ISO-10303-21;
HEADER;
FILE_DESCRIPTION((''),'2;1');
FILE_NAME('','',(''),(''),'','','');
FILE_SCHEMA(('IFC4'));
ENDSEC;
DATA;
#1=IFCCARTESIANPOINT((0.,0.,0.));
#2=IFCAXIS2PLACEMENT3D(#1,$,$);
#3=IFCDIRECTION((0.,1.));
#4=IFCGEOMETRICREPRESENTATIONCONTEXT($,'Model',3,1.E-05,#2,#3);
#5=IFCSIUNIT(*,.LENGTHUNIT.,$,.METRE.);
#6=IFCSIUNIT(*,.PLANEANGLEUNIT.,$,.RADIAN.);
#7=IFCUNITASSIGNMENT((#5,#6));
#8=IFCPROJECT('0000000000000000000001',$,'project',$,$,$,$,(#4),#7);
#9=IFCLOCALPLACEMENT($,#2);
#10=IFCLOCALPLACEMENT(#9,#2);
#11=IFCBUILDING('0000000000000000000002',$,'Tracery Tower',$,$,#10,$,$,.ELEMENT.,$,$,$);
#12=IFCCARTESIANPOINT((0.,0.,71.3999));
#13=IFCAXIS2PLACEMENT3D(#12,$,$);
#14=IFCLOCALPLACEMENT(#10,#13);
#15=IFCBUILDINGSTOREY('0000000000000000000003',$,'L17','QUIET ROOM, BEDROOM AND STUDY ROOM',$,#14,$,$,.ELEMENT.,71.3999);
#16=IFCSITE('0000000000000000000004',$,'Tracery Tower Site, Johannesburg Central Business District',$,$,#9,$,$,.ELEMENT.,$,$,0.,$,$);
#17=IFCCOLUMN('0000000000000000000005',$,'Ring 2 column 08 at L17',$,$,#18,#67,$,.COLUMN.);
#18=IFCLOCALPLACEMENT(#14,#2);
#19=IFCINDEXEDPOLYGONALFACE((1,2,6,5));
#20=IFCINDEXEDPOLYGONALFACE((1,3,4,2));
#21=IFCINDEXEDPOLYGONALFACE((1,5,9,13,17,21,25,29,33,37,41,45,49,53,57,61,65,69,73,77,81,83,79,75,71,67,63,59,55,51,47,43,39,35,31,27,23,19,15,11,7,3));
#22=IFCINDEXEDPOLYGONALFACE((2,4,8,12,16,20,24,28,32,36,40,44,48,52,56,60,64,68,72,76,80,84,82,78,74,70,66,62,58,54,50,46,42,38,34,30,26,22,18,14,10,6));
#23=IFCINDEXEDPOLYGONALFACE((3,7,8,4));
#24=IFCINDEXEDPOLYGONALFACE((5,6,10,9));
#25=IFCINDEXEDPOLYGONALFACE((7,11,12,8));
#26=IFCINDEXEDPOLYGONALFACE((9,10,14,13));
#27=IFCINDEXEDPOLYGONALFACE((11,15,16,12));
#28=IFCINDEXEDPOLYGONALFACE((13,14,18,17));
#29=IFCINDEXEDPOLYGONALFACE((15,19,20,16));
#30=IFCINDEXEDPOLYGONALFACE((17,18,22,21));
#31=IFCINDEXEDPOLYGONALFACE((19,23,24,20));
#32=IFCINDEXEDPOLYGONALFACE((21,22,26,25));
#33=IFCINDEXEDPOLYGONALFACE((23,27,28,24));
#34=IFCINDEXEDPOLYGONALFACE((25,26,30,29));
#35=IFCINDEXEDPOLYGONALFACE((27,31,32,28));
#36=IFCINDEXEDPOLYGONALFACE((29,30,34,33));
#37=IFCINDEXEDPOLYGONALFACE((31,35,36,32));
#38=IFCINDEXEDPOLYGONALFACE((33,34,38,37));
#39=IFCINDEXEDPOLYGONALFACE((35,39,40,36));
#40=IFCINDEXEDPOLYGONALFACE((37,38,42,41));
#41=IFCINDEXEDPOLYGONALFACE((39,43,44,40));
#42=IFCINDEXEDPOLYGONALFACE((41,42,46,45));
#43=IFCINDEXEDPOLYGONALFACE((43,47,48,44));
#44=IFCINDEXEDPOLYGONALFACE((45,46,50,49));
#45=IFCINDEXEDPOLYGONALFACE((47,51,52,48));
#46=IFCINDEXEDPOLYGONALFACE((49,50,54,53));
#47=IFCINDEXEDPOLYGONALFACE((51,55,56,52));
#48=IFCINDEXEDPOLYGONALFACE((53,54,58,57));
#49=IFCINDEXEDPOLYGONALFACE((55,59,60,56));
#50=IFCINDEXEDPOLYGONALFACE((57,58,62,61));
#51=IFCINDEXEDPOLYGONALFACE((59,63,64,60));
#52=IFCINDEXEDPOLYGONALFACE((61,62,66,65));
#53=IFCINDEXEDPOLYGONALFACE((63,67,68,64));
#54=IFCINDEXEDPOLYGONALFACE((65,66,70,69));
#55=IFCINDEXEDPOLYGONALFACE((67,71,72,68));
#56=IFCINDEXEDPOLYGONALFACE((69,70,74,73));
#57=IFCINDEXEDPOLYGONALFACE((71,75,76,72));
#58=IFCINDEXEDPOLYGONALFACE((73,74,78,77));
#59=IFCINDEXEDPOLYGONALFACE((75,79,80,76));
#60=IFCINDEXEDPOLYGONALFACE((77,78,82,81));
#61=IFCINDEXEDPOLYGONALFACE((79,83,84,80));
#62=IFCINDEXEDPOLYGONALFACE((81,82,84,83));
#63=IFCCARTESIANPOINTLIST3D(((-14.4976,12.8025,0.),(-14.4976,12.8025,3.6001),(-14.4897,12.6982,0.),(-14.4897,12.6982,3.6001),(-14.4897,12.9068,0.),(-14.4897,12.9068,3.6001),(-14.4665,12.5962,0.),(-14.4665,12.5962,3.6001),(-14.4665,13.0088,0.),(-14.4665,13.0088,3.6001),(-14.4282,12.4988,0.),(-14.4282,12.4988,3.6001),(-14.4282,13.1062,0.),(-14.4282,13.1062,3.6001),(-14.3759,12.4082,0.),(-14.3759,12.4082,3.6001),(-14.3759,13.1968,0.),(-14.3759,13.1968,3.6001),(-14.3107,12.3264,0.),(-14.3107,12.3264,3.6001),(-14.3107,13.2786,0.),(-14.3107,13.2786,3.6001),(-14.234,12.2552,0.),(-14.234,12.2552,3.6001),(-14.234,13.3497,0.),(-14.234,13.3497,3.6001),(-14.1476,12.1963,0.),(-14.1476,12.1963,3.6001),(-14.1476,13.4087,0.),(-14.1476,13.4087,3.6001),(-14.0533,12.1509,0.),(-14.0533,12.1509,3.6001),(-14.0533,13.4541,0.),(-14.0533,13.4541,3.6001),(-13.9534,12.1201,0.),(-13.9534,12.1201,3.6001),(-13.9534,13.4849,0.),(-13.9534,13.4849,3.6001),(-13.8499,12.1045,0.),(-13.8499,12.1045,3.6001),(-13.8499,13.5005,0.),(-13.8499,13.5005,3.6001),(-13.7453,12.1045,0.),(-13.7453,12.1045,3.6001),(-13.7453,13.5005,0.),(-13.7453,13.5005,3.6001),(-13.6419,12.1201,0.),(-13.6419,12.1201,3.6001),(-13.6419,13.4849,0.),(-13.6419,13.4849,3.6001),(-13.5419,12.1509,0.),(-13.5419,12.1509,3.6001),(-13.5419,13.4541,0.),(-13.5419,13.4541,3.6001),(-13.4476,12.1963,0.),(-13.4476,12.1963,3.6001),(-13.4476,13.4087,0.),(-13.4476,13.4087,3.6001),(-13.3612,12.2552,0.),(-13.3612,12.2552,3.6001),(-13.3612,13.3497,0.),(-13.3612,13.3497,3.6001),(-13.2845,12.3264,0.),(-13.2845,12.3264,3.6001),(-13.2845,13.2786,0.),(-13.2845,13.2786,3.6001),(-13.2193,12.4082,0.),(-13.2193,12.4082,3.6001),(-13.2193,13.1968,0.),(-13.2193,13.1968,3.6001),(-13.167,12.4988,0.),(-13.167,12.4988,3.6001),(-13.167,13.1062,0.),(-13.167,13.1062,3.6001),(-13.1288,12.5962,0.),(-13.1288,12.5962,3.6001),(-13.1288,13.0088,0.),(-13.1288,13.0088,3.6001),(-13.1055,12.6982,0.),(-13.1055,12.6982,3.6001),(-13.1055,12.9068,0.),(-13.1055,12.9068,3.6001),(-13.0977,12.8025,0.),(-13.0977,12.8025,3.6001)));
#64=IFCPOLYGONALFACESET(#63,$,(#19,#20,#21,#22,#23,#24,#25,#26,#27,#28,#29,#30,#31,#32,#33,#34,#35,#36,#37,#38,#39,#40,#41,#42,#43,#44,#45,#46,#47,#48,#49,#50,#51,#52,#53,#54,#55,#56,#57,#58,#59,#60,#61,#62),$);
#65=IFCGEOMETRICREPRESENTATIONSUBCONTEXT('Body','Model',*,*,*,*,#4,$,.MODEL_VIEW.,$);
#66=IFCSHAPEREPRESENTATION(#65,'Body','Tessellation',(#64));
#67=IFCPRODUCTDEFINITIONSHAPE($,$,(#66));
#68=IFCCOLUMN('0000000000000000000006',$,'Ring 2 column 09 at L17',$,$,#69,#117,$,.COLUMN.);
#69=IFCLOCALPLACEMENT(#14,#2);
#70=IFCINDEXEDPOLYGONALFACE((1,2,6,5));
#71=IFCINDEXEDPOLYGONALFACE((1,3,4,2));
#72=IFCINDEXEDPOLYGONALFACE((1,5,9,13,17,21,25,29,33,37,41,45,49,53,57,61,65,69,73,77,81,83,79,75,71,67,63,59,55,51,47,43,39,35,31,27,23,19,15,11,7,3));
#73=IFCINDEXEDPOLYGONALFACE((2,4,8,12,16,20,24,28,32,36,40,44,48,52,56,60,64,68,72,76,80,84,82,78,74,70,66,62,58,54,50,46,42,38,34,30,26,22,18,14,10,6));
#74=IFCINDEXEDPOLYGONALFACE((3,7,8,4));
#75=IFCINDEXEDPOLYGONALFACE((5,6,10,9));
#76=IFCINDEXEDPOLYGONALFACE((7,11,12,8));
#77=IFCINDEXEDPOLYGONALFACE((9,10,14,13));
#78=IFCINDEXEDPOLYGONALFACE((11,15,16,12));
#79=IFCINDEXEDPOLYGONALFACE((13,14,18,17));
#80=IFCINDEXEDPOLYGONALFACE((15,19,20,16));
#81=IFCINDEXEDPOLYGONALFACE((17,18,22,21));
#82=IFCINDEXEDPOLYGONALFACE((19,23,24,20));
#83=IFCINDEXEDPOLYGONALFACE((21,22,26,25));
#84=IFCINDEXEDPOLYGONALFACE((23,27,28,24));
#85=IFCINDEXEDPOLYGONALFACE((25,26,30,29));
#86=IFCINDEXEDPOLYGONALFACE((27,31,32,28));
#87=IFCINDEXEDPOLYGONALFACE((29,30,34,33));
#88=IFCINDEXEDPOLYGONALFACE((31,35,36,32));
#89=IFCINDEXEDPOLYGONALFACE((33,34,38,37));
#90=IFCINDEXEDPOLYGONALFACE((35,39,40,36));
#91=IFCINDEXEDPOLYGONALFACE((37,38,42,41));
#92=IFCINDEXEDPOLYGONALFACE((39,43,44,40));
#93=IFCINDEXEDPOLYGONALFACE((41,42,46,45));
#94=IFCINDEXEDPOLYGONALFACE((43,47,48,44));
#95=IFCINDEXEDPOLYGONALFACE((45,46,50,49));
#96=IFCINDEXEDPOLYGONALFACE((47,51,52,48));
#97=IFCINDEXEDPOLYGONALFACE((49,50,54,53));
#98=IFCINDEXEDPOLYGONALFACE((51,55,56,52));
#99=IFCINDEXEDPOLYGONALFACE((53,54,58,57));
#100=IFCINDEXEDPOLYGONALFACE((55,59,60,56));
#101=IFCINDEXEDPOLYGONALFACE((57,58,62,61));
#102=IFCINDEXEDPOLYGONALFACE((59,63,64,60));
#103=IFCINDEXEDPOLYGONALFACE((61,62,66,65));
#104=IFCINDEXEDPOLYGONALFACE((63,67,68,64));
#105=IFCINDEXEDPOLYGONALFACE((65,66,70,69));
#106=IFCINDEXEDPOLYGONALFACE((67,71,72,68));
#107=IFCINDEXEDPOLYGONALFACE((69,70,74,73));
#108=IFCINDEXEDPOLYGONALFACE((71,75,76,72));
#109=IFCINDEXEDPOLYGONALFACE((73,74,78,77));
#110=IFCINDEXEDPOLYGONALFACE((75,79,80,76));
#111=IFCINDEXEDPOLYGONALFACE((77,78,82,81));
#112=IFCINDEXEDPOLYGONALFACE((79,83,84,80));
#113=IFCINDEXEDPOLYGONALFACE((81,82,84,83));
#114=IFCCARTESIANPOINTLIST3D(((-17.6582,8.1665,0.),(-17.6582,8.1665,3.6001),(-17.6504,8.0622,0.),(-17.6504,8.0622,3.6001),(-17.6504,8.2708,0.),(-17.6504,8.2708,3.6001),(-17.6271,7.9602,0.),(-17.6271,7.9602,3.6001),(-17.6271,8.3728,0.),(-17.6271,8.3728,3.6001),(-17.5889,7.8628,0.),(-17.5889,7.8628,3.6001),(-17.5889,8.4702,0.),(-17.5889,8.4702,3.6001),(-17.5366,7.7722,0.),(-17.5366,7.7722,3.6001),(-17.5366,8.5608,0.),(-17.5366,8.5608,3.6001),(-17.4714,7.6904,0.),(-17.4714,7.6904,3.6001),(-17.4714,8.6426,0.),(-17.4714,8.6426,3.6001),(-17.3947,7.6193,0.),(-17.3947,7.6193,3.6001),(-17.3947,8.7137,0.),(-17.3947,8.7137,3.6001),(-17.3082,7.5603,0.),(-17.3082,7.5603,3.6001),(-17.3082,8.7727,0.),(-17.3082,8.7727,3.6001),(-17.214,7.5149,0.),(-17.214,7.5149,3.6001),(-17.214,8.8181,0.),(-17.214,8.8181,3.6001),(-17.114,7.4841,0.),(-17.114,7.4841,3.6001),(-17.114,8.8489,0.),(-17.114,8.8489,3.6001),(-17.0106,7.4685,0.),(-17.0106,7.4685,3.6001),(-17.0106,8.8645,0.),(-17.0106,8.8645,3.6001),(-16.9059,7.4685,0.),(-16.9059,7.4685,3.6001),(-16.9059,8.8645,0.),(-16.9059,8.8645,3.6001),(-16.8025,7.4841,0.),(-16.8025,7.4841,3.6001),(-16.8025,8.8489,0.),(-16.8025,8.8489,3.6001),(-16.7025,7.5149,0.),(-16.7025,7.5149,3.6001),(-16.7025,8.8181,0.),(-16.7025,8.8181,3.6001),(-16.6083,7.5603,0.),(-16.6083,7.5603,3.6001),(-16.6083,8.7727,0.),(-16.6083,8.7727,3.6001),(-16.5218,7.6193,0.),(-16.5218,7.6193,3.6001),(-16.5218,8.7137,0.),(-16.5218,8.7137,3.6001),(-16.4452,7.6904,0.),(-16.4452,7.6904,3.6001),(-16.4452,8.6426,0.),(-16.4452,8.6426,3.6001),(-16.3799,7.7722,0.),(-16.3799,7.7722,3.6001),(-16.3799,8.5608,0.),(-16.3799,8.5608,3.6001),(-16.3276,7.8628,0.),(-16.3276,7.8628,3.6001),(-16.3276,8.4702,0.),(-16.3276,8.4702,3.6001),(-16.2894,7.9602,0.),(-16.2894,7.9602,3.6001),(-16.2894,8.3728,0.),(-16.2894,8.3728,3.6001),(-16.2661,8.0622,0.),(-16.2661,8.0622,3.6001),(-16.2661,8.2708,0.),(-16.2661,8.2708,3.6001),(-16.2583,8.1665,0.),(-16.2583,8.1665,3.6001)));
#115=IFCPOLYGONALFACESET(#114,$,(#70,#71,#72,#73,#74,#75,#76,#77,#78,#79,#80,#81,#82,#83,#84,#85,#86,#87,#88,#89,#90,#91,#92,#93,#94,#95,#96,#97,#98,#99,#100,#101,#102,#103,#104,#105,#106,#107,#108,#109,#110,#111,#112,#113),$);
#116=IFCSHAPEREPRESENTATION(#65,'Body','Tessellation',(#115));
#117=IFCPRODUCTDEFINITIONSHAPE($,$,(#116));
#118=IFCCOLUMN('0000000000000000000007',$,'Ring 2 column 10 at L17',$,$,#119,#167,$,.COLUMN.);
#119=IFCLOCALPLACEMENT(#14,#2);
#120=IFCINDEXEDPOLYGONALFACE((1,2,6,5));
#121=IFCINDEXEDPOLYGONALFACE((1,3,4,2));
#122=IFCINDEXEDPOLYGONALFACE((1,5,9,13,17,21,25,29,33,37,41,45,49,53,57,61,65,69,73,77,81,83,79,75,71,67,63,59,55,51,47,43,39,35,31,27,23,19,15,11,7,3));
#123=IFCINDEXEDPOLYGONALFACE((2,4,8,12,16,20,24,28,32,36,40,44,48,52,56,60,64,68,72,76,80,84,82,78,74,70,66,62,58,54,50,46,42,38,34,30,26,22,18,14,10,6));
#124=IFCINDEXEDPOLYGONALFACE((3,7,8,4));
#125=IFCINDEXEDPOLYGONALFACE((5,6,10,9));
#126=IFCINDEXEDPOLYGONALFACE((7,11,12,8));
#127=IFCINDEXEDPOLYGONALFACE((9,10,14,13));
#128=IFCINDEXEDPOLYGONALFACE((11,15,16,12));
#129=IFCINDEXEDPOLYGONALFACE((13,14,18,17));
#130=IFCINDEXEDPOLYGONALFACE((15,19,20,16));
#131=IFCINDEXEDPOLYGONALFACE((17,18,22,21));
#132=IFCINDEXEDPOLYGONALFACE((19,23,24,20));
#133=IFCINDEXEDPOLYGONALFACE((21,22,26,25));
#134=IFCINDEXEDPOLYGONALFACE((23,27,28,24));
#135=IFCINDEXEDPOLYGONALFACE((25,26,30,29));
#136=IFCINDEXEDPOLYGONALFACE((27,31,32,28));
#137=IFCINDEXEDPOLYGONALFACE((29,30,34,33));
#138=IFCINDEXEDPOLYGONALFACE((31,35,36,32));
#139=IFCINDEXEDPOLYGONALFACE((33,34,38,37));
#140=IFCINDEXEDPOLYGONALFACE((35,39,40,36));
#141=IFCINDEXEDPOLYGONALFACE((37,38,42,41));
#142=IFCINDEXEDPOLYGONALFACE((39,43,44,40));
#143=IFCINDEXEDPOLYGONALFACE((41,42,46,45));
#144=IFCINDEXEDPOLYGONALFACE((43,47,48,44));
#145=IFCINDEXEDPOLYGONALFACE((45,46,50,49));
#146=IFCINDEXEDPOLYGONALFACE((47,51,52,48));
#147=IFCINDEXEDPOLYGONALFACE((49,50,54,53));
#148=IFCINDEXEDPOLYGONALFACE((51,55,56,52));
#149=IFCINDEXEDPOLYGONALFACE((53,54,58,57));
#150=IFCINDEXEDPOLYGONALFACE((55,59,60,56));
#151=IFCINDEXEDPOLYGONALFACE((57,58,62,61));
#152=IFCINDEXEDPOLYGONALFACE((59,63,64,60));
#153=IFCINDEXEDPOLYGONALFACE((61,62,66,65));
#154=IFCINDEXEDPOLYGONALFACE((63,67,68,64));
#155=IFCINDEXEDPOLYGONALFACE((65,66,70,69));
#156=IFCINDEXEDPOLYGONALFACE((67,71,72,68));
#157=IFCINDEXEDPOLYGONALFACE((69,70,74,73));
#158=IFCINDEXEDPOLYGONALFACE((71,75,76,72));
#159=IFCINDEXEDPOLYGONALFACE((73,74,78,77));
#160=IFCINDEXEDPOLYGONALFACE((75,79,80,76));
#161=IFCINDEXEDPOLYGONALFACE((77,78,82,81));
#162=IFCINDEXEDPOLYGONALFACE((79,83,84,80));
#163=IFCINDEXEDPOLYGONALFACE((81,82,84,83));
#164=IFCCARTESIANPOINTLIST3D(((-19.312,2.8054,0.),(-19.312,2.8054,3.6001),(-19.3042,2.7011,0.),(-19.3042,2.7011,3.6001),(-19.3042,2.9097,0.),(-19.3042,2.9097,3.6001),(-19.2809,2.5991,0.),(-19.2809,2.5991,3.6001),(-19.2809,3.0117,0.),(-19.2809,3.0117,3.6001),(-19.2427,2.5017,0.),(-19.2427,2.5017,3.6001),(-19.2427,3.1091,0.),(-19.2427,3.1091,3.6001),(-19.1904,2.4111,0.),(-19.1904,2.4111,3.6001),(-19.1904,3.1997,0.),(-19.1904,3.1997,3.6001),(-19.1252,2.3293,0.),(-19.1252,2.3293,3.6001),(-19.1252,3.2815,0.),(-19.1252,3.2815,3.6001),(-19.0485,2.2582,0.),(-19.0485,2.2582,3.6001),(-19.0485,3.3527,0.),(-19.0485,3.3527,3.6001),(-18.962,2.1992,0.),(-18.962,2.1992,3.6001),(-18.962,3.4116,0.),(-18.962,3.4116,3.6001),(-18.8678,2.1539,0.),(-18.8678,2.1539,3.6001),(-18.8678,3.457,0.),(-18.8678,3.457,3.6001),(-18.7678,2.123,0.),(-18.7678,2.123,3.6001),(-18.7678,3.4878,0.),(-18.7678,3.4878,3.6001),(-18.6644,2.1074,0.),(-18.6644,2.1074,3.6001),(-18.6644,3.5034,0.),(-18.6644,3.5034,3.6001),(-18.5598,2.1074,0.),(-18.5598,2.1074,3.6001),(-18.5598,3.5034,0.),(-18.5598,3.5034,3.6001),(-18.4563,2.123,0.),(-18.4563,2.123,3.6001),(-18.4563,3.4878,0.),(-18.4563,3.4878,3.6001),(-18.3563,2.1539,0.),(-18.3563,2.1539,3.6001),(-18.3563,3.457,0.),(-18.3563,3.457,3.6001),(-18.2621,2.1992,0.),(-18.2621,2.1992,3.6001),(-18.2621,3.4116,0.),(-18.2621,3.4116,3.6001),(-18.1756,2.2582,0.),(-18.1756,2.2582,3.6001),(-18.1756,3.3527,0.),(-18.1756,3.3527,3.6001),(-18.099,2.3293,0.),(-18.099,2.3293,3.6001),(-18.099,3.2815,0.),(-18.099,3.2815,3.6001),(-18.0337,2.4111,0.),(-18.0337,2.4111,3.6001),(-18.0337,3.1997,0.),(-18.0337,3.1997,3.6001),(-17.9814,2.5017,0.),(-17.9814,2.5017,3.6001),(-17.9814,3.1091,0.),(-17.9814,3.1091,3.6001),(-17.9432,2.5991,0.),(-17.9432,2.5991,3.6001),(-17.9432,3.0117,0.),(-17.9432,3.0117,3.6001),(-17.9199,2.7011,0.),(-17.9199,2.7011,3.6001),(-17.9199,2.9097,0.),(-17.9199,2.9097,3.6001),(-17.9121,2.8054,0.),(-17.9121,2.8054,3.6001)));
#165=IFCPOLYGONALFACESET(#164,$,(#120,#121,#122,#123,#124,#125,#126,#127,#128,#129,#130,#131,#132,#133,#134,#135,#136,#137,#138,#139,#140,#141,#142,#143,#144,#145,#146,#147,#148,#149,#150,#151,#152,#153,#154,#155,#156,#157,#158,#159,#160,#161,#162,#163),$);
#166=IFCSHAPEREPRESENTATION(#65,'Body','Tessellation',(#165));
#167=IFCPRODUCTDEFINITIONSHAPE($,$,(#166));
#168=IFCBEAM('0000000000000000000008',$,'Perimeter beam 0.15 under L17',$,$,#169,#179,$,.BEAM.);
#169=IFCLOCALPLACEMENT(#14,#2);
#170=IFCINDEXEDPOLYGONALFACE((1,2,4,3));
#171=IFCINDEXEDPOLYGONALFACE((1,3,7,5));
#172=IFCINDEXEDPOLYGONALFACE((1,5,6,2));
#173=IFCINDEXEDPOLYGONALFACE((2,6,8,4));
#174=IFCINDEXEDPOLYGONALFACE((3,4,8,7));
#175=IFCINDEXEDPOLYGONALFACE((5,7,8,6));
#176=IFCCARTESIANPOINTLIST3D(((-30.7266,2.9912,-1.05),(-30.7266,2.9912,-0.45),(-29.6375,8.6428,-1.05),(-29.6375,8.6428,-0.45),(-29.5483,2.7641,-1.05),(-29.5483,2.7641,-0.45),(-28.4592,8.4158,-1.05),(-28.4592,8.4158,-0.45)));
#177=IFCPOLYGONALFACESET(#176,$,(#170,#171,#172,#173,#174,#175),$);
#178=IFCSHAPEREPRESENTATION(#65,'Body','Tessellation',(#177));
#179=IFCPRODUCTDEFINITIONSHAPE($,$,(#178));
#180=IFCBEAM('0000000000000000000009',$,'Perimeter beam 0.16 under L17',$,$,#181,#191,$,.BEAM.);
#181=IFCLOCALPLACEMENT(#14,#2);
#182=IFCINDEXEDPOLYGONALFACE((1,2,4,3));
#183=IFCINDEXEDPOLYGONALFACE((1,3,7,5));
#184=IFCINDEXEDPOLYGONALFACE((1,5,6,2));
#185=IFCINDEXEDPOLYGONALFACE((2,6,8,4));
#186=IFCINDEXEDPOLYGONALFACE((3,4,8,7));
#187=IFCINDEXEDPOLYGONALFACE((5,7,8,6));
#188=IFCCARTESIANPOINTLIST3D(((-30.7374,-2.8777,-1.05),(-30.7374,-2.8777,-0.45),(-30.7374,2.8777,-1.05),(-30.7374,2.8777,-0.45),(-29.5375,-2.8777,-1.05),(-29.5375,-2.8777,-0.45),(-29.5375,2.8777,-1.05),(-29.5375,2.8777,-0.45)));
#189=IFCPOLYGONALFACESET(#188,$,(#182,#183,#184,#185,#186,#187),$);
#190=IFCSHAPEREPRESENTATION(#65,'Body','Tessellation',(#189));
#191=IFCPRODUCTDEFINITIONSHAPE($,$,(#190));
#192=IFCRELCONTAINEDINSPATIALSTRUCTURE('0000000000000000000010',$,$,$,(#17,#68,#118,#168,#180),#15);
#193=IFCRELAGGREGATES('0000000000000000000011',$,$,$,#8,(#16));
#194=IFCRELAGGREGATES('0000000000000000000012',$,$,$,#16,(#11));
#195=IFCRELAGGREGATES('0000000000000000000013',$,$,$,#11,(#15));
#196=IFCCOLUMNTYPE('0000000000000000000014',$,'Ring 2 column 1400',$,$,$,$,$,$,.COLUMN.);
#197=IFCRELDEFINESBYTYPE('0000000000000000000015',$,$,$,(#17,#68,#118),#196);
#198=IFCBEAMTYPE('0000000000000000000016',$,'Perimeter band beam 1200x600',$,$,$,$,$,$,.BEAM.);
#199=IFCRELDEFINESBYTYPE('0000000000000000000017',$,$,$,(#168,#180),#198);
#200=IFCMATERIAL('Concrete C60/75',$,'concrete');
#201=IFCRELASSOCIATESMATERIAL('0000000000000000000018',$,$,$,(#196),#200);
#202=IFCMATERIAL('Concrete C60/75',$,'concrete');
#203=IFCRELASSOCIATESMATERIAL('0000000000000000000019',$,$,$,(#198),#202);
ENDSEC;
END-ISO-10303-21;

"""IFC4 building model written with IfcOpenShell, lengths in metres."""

from ifc_helpers import new_model, si_unit, direction, frame, origin, origin_2d, place, context, subcontext, project, spatial, rectangle, circle, extrude, material, material_profile, profile_set, type_object, element, save


model = new_model("IFC4")

# Units and contexts
model_context = context("Model", 3, precision=1e-05, world=origin(), true_north=direction((0.0, 1.0)))
body_context = subcontext(model_context, "Body", "Model", "MODEL_VIEW")
ifc_project = project(units=[si_unit("LENGTHUNIT", "METRE"), si_unit("PLANEANGLEUNIT", "RADIAN")], contexts=[model_context])

# Site, building, storey
site_placement = place(None, origin())
site = spatial("IfcSite", under=ifc_project, at=site_placement, Name="Tracery Tower Site, Johannesburg Central Business District", CompositionType="ELEMENT", RefElevation=0.0)
building_placement = place(site_placement, origin())
building = spatial("IfcBuilding", under=site, at=building_placement, Name="Tracery Tower", CompositionType="ELEMENT")
storey_placement = place(building_placement, frame((0.0, 0.0, 71.3999)))
storey = spatial("IfcBuildingStorey", under=building, at=storey_placement, Name="L17", Description="QUIET ROOM, BEDROOM AND STUDY ROOM", CompositionType="ELEMENT", Elevation=71.3999)

# Columns
ifc_material_1 = material(Name="Concrete C60/75", Category="concrete")
ifc_material_profile_1 = material_profile(ifc_material_1, circle(Radius=0.7, at=origin_2d()), Name="RC D1400")
ifc_profile_set_1 = profile_set([ifc_material_profile_1], Name="Concrete C60/75")
column_type_1 = type_object("IfcColumnType", Name="Ring 2 column 1400", PredefinedType="COLUMN", material=ifc_profile_set_1)
for number, where, z_axis, x_axis, name in (
    (1, (-13.7976, 12.8025, 0.0), (0.0, 0.0, 1.0), (1.0, 0.0, 0.0), "Ring 2 column 08 at L17"),
    (2, (-16.9583, 8.1665, 0.0), (0.0, 0.0, 1.0), (1.0, 0.0, 0.0), "Ring 2 column 09 at L17"),
    (3, (-18.6121, 2.8054, 0.0), (0.0, 0.0, 1.0), (1.0, 0.0, 0.0), "Ring 2 column 10 at L17"),
):
    element("IfcColumn", number, at=place(storey_placement, frame(where, z_axis=z_axis, x_axis=x_axis)), inside=storey, type_object=column_type_1, Name=name, PredefinedType="COLUMN", context=body_context, shape_type="SweptSolid", body=[
        extrude(circle(Radius=0.7, at=origin_2d()), origin(), (0.0, 0.0, 1.0), 3.6001),
    ])

# Beams
ifc_material_2 = material(Name="Concrete C60/75", Category="concrete")
ifc_material_profile_2 = material_profile(ifc_material_2, rectangle(XDim=1.2, YDim=0.6001, at=origin_2d()), Name="RC 1200x600")
ifc_profile_set_2 = profile_set([ifc_material_profile_2], Name="Concrete C60/75")
beam_type = type_object("IfcBeamType", Name="Perimeter band beam 1200x600", PredefinedType="BEAM", material=ifc_profile_set_2)
beam_1_placement = place(storey_placement, frame((-29.0483, 8.5293, -0.75), z_axis=(-0.189227, -0.981933, 0.0), x_axis=(0.981933, -0.189227, 0.0)))
element("IfcBeam", 4, at=beam_1_placement, inside=storey, type_object=beam_type, Name="Perimeter beam 0.15 under L17", PredefinedType="BEAM", context=body_context, shape_type="SweptSolid", body=[
    extrude(rectangle(XDim=1.2, YDim=0.6001, at=origin_2d()), origin(), (0.0, 0.0, 1.0), 5.7556),
])
beam_2_placement = place(storey_placement, frame((-30.1375, 2.8777, -0.75), z_axis=(0.0, -1.0, 0.0), x_axis=(1.0, 0.0, 0.0)))
element("IfcBeam", 5, at=beam_2_placement, inside=storey, type_object=beam_type, Name="Perimeter beam 0.16 under L17", PredefinedType="BEAM", context=body_context, shape_type="SweptSolid", body=[
    extrude(rectangle(XDim=1.2, YDim=0.6001, at=origin_2d()), origin(), (0.0, 0.0, 1.0), 5.7554),
])

save(model, "model.ifc")
